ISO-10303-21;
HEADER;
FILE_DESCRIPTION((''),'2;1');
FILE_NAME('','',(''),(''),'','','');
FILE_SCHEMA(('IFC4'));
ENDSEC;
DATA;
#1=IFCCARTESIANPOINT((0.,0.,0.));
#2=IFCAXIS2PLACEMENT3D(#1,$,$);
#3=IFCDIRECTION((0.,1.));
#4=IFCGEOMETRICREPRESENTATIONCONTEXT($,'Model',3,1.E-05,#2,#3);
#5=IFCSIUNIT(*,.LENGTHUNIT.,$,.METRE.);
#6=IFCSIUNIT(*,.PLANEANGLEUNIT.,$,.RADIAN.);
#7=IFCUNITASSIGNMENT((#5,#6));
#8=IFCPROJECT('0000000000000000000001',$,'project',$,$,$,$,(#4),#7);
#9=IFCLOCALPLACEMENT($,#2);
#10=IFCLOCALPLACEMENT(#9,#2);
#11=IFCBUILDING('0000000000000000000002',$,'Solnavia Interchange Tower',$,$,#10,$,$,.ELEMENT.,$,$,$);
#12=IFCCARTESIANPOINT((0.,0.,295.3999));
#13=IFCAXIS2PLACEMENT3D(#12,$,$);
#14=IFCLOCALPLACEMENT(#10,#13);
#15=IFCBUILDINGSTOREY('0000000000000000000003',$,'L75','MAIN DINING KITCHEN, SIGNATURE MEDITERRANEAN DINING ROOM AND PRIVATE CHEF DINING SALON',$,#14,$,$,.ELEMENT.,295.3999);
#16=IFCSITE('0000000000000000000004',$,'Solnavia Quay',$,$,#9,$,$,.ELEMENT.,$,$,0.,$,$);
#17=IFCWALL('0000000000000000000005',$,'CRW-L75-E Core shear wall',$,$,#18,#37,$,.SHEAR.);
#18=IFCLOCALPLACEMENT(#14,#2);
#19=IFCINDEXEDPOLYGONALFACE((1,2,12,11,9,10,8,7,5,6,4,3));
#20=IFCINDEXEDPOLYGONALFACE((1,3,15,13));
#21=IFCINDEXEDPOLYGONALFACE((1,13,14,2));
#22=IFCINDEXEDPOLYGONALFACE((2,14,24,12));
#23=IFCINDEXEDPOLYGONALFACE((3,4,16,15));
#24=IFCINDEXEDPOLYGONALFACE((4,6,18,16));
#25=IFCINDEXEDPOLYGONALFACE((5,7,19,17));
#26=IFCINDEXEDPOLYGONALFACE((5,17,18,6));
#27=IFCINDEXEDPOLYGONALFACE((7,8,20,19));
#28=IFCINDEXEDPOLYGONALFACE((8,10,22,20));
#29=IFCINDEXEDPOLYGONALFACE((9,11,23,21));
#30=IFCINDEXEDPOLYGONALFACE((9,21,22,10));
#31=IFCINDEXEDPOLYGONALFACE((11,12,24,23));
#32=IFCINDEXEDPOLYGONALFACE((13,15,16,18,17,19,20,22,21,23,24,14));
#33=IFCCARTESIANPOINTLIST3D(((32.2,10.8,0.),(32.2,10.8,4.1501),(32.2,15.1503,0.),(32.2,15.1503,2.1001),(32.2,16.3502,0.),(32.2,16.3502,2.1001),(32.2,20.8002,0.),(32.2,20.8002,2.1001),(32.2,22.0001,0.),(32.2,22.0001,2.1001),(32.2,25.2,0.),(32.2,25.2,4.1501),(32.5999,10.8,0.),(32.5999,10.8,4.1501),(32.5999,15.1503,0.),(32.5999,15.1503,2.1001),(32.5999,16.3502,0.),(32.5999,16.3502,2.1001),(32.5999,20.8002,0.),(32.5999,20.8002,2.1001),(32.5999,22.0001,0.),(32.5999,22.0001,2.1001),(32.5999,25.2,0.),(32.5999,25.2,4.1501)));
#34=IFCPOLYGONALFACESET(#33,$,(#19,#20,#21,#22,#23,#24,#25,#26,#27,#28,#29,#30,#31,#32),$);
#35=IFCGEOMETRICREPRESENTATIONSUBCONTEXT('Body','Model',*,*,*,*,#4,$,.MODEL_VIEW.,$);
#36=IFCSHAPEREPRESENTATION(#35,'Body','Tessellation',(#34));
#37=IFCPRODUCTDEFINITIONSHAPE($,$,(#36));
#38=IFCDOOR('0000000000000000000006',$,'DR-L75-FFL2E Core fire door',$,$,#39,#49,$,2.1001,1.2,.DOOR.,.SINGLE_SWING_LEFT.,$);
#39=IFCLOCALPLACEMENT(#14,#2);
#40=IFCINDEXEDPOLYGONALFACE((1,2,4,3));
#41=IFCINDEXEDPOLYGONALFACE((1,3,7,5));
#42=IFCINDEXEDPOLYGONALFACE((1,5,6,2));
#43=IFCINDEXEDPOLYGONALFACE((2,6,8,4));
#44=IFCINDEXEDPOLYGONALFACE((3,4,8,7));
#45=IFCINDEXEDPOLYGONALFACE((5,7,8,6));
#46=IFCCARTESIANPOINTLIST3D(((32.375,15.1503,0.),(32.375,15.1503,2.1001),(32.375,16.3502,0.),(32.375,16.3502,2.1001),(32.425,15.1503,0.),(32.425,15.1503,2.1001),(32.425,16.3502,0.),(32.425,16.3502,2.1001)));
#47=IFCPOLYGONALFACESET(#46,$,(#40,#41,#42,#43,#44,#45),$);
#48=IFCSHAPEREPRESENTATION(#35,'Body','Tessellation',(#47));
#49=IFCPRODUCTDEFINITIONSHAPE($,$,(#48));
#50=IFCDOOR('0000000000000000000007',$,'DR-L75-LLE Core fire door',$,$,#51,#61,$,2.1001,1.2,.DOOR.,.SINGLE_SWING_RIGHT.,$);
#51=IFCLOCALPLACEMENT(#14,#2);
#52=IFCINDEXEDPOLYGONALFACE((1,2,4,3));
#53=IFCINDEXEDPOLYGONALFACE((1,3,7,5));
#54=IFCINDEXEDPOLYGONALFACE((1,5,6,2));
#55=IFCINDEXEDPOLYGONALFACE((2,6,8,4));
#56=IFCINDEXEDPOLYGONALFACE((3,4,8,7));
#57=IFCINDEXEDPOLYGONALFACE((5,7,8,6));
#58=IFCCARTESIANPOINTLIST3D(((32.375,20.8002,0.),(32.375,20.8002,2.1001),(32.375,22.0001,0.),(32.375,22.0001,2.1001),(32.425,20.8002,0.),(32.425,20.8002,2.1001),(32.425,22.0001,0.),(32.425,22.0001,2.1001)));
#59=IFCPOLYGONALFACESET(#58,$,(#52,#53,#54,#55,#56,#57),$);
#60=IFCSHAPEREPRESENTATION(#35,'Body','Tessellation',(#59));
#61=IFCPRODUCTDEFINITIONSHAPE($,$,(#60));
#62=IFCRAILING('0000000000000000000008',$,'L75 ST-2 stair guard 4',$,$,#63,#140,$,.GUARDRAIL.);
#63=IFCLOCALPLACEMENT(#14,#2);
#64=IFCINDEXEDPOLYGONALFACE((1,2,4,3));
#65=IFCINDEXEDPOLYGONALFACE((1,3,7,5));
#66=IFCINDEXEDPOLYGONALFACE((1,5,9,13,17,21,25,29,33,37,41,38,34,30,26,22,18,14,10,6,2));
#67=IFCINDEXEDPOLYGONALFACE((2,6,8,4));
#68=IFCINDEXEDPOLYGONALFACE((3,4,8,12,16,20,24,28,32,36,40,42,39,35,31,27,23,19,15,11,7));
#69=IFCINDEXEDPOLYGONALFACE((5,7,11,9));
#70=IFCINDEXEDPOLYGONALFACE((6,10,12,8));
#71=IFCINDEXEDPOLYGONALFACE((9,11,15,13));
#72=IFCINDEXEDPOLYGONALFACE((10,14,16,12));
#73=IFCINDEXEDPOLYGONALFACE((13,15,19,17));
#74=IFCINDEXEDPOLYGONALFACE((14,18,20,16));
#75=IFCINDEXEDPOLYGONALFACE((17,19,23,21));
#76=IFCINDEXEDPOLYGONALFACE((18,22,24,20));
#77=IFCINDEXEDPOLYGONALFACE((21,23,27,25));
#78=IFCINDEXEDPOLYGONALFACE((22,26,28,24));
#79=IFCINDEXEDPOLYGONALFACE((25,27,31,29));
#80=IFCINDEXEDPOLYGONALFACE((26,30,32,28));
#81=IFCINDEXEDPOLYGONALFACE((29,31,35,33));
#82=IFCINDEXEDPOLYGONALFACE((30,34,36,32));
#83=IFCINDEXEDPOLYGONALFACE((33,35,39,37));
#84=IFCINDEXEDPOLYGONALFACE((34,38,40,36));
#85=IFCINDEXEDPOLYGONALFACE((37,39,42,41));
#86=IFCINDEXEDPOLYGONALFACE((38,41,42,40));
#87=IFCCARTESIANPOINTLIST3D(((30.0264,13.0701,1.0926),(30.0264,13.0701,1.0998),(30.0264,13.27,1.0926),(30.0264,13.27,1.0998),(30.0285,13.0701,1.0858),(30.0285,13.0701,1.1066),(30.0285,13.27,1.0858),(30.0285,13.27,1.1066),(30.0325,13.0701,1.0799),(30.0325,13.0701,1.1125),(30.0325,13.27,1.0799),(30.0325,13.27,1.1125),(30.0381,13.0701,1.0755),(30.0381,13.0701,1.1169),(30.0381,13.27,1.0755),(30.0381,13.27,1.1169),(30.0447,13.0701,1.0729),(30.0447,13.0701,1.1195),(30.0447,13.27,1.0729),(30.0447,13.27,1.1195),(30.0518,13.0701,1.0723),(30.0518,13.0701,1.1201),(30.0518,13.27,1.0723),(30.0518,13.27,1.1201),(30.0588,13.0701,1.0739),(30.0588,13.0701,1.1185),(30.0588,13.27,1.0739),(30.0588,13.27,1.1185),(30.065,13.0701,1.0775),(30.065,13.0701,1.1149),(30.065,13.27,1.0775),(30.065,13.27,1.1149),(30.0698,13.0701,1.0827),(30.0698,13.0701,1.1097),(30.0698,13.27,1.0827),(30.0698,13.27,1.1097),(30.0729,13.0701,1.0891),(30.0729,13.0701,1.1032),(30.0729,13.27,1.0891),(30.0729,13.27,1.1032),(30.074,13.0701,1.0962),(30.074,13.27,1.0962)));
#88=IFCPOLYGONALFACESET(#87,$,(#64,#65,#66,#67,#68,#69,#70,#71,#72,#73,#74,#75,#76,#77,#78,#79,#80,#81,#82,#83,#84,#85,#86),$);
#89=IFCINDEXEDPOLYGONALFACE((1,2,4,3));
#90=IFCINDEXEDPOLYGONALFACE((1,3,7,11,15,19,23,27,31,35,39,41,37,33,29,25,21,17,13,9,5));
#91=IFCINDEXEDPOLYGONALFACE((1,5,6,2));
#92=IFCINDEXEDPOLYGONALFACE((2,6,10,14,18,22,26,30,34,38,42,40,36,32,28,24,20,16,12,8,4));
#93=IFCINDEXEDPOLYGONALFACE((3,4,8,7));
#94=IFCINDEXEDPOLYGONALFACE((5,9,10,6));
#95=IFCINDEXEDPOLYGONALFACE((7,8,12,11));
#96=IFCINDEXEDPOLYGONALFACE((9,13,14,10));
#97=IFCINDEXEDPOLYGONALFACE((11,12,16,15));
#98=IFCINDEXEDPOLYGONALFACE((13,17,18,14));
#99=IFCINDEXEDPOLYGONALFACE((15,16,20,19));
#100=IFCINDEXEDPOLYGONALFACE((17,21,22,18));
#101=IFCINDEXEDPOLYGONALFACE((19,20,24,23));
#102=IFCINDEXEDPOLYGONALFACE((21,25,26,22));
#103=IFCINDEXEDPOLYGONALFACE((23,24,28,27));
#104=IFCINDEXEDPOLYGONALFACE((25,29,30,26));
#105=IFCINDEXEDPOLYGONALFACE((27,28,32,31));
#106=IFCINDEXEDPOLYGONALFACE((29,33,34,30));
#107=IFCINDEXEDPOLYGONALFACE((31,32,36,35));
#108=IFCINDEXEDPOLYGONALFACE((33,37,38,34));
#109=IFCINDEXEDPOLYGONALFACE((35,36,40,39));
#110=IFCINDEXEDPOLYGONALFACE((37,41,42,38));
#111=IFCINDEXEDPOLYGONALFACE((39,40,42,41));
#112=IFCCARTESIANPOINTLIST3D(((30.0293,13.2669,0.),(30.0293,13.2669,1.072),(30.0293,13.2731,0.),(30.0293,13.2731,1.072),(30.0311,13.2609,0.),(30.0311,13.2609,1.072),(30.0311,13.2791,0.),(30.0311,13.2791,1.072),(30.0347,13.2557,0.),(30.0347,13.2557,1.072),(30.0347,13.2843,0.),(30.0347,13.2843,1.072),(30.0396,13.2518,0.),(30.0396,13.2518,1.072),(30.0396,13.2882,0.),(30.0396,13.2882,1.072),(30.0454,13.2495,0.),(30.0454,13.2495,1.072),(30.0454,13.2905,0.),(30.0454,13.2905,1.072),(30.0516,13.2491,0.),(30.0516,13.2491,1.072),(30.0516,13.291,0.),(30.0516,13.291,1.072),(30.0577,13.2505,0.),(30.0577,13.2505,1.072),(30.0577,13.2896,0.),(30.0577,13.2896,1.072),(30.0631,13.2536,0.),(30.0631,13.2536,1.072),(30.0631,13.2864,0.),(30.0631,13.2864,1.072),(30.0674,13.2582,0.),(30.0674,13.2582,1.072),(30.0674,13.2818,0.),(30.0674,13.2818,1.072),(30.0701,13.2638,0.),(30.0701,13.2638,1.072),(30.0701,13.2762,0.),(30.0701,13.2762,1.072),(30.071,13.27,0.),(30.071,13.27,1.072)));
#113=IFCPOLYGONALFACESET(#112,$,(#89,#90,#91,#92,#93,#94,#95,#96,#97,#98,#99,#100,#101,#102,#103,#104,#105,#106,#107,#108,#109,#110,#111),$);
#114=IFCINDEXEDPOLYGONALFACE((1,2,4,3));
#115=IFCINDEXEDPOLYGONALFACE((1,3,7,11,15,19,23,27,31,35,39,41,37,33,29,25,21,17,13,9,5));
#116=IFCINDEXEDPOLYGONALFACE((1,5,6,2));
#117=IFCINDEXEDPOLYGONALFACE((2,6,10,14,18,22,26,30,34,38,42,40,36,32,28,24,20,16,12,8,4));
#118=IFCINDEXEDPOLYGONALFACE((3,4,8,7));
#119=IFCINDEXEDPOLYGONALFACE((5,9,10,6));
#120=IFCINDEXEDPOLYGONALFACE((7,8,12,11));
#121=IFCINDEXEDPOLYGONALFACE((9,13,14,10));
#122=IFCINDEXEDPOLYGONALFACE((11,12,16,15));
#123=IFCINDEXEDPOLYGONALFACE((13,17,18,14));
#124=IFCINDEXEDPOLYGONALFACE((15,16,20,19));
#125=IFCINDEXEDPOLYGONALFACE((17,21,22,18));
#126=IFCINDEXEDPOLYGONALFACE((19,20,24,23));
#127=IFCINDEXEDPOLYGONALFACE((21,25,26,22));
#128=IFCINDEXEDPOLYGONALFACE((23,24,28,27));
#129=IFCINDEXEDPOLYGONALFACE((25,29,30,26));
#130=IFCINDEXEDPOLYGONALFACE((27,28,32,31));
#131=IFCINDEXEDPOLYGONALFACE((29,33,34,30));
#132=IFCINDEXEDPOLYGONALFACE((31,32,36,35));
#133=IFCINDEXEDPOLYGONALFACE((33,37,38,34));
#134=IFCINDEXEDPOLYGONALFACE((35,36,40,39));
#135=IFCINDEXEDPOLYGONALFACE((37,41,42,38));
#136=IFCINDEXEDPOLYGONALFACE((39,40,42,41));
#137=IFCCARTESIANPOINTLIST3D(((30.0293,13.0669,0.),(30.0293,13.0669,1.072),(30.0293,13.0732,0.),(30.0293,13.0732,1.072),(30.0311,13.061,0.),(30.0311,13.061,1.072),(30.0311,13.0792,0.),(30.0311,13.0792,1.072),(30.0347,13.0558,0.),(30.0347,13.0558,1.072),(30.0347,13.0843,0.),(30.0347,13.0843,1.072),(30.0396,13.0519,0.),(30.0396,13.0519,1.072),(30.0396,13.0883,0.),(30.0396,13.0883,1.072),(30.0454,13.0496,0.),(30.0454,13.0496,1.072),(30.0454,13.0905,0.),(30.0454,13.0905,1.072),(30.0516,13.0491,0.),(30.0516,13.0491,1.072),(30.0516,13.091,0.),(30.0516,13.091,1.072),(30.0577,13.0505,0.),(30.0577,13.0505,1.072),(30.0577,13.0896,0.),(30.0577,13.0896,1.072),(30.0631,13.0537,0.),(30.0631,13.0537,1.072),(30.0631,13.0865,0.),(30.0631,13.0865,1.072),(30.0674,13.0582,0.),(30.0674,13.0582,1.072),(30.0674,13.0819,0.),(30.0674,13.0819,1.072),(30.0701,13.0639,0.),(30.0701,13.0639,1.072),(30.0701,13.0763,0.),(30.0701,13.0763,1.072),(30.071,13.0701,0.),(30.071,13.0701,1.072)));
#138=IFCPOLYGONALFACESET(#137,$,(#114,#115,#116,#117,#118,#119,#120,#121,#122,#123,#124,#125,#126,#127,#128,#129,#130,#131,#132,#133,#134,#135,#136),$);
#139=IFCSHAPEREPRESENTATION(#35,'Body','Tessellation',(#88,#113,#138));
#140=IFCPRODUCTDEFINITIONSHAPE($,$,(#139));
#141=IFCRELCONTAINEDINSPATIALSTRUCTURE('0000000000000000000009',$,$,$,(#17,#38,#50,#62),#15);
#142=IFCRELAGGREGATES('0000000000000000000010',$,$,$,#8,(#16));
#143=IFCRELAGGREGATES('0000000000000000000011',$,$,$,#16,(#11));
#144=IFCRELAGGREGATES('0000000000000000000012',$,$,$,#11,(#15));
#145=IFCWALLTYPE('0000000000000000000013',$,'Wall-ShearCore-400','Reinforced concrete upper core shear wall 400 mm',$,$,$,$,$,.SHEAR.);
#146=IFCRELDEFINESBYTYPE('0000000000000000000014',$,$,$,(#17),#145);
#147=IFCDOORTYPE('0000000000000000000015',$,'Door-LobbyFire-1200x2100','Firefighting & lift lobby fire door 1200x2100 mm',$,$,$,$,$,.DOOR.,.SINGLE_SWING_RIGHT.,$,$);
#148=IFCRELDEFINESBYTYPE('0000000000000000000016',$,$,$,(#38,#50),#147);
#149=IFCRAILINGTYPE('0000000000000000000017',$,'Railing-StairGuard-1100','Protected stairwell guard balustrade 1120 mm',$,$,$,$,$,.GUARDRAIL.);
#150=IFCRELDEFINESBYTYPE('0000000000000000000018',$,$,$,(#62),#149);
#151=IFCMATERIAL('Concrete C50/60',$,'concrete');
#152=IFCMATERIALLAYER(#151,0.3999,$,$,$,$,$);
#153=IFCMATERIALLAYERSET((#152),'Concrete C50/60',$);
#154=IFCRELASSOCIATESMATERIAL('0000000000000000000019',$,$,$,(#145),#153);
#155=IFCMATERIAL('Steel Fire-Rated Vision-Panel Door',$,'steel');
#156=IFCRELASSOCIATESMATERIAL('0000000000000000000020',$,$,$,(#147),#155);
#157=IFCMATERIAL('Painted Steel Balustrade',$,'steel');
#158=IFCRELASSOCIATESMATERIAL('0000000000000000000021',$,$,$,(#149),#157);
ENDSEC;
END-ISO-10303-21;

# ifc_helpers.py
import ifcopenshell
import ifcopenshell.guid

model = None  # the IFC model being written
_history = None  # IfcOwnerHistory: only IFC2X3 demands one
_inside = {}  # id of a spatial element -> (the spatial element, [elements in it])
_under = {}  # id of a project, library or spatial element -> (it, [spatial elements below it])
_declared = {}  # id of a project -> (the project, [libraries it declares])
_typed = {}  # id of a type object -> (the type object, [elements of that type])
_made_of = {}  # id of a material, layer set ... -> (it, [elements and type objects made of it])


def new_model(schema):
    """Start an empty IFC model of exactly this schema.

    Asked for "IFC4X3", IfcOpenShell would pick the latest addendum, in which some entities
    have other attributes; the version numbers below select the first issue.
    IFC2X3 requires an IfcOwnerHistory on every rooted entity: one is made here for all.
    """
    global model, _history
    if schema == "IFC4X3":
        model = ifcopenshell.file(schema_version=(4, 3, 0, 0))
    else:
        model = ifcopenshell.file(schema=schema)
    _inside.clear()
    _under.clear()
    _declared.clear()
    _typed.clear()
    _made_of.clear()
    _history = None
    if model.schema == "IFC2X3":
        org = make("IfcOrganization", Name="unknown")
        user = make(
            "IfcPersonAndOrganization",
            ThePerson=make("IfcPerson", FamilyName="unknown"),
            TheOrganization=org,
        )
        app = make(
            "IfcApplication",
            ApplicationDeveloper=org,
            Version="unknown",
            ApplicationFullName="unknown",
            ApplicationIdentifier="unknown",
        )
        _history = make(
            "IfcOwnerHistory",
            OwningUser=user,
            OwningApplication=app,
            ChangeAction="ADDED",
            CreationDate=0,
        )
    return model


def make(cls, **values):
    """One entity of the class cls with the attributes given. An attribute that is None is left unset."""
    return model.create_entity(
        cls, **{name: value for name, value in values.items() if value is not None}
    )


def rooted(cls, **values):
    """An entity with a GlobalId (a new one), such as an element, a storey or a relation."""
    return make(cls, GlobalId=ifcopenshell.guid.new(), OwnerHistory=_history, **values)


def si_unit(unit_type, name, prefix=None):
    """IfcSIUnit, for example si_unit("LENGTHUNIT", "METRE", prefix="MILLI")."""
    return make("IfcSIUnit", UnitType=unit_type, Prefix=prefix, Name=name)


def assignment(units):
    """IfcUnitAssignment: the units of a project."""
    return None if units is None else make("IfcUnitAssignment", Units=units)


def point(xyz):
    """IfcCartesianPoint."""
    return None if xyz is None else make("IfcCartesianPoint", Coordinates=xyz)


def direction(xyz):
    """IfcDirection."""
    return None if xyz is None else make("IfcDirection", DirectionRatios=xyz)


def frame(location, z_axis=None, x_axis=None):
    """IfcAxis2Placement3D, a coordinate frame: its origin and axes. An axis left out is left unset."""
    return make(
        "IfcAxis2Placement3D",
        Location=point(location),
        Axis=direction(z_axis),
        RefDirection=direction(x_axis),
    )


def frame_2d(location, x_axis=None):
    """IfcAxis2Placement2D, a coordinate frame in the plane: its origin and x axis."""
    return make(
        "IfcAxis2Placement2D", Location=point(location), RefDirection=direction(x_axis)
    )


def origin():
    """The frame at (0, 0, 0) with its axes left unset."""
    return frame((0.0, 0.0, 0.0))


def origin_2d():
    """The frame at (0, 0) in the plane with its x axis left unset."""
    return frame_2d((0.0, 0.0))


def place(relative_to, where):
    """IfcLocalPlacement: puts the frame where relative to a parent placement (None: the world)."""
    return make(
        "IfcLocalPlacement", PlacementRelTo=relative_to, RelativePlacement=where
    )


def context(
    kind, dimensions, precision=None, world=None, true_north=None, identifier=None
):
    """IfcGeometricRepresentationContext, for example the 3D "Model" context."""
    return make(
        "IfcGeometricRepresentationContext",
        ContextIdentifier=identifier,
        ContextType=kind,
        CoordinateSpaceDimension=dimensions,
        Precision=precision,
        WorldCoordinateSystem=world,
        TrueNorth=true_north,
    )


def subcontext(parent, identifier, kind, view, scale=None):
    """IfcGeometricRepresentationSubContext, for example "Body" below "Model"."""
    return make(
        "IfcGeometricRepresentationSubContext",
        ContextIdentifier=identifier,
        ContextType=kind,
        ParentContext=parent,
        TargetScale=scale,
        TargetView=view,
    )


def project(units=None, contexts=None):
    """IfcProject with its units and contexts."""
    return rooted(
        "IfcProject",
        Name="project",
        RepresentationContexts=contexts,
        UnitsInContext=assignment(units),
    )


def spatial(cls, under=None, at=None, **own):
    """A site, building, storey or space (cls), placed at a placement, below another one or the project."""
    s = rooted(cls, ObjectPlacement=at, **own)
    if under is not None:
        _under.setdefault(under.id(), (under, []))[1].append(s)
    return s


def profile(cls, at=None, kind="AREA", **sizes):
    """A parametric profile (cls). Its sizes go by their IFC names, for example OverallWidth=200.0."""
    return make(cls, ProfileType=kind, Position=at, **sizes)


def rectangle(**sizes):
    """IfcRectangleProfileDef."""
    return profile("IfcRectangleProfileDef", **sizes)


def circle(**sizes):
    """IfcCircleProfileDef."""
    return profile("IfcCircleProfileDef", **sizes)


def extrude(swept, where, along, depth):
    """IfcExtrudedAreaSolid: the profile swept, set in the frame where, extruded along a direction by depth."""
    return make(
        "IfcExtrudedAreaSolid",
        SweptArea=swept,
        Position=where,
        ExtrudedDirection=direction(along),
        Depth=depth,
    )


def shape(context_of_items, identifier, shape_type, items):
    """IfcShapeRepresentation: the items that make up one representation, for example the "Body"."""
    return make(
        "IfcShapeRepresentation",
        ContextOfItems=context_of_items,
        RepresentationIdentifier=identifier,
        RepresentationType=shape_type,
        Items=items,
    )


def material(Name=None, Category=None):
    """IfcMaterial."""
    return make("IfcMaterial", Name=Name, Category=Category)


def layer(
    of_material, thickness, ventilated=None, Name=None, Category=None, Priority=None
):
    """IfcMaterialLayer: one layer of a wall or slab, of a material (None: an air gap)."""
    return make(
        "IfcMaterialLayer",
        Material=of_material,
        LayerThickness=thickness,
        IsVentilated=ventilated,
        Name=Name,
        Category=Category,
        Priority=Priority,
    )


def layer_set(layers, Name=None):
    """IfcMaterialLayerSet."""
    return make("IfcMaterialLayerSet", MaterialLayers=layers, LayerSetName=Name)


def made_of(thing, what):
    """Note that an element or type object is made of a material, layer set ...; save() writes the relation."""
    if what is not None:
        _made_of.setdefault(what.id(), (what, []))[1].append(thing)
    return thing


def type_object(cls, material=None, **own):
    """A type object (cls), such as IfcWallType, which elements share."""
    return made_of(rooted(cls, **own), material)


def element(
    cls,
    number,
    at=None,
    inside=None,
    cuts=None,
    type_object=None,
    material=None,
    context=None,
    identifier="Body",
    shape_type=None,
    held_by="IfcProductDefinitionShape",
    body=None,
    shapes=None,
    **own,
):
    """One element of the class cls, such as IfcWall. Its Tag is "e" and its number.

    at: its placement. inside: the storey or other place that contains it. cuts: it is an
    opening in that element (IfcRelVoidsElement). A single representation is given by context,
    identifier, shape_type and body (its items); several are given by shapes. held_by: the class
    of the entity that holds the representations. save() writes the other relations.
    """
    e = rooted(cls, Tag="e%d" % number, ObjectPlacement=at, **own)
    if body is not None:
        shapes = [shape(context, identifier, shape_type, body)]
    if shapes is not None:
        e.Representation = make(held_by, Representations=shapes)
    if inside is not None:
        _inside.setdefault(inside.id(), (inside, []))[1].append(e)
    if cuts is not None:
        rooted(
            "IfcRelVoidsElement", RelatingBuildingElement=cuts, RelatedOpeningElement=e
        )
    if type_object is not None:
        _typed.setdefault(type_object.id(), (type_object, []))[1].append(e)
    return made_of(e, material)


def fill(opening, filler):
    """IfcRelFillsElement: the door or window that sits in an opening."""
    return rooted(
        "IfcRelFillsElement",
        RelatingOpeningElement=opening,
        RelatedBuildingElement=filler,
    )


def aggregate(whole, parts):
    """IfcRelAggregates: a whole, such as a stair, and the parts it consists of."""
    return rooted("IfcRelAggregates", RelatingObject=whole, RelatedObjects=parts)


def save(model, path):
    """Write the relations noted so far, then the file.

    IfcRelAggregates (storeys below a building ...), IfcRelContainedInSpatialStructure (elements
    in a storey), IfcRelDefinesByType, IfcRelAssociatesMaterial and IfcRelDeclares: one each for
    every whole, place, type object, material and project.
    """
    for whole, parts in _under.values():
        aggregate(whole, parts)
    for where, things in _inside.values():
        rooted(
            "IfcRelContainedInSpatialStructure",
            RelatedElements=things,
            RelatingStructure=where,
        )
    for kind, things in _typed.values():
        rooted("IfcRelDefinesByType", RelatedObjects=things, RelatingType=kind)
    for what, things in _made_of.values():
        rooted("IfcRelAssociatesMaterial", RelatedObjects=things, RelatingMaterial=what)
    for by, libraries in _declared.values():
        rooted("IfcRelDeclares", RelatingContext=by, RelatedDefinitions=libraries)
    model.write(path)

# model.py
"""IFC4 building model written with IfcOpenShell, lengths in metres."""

from ifc_helpers import new_model, si_unit, direction, frame, frame_2d, origin, origin_2d, place, context, subcontext, project, spatial, rectangle, circle, extrude, material, layer, layer_set, type_object, element, fill, save


model = new_model("IFC4")

# Units and contexts
model_context = context("Model", 3, precision=1e-05, world=origin(), true_north=direction((0.0, 1.0)))
body_context = subcontext(model_context, "Body", "Model", "MODEL_VIEW")
ifc_project = project(units=[si_unit("LENGTHUNIT", "METRE"), si_unit("PLANEANGLEUNIT", "RADIAN")], contexts=[model_context])

# Site, building, storey
site_placement = place(None, origin())
site = spatial("IfcSite", under=ifc_project, at=site_placement, Name="Solnavia Quay", CompositionType="ELEMENT", RefElevation=0.0)
building_placement = place(site_placement, origin())
building = spatial("IfcBuilding", under=site, at=building_placement, Name="Solnavia Interchange Tower", CompositionType="ELEMENT")
storey_placement = place(building_placement, frame((0.0, 0.0, 295.3999)))
storey = spatial("IfcBuildingStorey", under=building, at=storey_placement, Name="L75", Description="MAIN DINING KITCHEN, SIGNATURE MEDITERRANEAN DINING ROOM AND PRIVATE CHEF DINING SALON", CompositionType="ELEMENT", Elevation=295.3999)

# Shared definitions
ifc_material_1 = material(Name="Concrete C50/60", Category="concrete")

# Wall, openings, doors
ifc_layer_1 = layer(ifc_material_1, 0.3999)
ifc_layer_set_1 = layer_set([ifc_layer_1], Name="Concrete C50/60")
wall_type_1 = type_object("IfcWallType", Name="Wall-ShearCore-400", Description="Reinforced concrete upper core shear wall 400 mm", PredefinedType="SHEAR", material=ifc_layer_set_1)
wall_1_placement = place(storey_placement, frame((32.3999, 10.8, 0.0), z_axis=(0.0, 0.0, 1.0), x_axis=(0.0, 1.0, 0.0)))
wall_1 = element("IfcWall", 1, at=wall_1_placement, inside=storey, type_object=wall_type_1, Name="CRW-L75-E Core shear wall", PredefinedType="SHEAR", context=body_context, shape_type="SweptSolid", body=[
    extrude(rectangle(XDim=14.3999, YDim=0.3999, at=frame_2d((7.2, 0.0))), origin(), (0.0, 0.0, 1.0), 4.1501),
])
opening_1_placement = place(wall_1_placement, frame((4.3501, 0.0, 0.0)))
opening_1 = element("IfcOpeningElement", 2, at=opening_1_placement, cuts=wall_1, PredefinedType="OPENING", context=body_context, shape_type="SweptSolid", body=[
    extrude(rectangle(XDim=1.2, YDim=2.1001, at=frame_2d((0.6001, 1.05))), frame((0.0, 0.21, 0.0), z_axis=(0.0, -1.0, 0.0), x_axis=(1.0, 0.0, 0.0)), (0.0, 0.0, 1.0), 0.4199),
])
opening_2_placement = place(wall_1_placement, frame((10.0, 0.0, 0.0)))
opening_2 = element("IfcOpeningElement", 3, at=opening_2_placement, cuts=wall_1, PredefinedType="OPENING", context=body_context, shape_type="SweptSolid", body=[
    extrude(rectangle(XDim=1.2, YDim=2.1001, at=frame_2d((0.6001, 1.05))), frame((0.0, 0.21, 0.0), z_axis=(0.0, -1.0, 0.0), x_axis=(1.0, 0.0, 0.0)), (0.0, 0.0, 1.0), 0.4199),
])
ifc_material_2 = material(Name="Steel Fire-Rated Vision-Panel Door", Category="steel")
door_type = type_object("IfcDoorType", Name="Door-LobbyFire-1200x2100", Description="Firefighting & lift lobby fire door 1200x2100 mm", OperationType="SINGLE_SWING_RIGHT", PredefinedType="DOOR", material=ifc_material_2)
door_1_placement = place(opening_1_placement, origin())
door_1 = element("IfcDoor", 4, at=door_1_placement, inside=storey, type_object=door_type, Name="DR-L75-FFL2E Core fire door", OperationType="SINGLE_SWING_LEFT", OverallHeight=2.1001, OverallWidth=1.2, PredefinedType="DOOR", context=body_context, shape_type="SweptSolid", body=[
    extrude(rectangle(XDim=1.2, YDim=2.1001, at=frame_2d((0.6001, 1.05))), frame((0.0, 0.0249, 0.0), z_axis=(0.0, -1.0, 0.0), x_axis=(1.0, 0.0, 0.0)), (0.0, 0.0, 1.0), 0.05),
])
fill(opening_1, door_1)
door_2_placement = place(opening_2_placement, origin())
door_2 = element("IfcDoor", 5, at=door_2_placement, inside=storey, type_object=door_type, Name="DR-L75-LLE Core fire door", OperationType="SINGLE_SWING_RIGHT", OverallHeight=2.1001, OverallWidth=1.2, PredefinedType="DOOR", context=body_context, shape_type="SweptSolid", body=[
    extrude(rectangle(XDim=1.2, YDim=2.1001, at=frame_2d((0.6001, 1.05))), frame((0.0, 0.0249, 0.0), z_axis=(0.0, -1.0, 0.0), x_axis=(1.0, 0.0, 0.0)), (0.0, 0.0, 1.0), 0.05),
])
fill(opening_2, door_2)

# Railing
ifc_material_3 = material(Name="Painted Steel Balustrade", Category="steel")
railing_type = type_object("IfcRailingType", Name="Railing-StairGuard-1100", Description="Protected stairwell guard balustrade 1120 mm", PredefinedType="GUARDRAIL", material=ifc_material_3)
railing_placement = place(storey_placement, frame((30.05, 13.27, 0.0)))
element("IfcRailing", 6, at=railing_placement, inside=storey, type_object=railing_type, Name="L75 ST-2 stair guard 4", PredefinedType="GUARDRAIL", context=body_context, shape_type="SweptSolid", body=[
    extrude(circle(Radius=0.0239, at=origin_2d()), frame((0.0, 0.0, 1.0962), z_axis=(0.0, -1.0, 0.0), x_axis=(1.0, 0.0, 0.0)), (0.0, 0.0, 1.0), 0.2),
    extrude(circle(Radius=0.021, at=origin_2d()), origin(), (0.0, 0.0, 1.0), 1.072),
    extrude(circle(Radius=0.021, at=origin_2d()), frame((0.0, -0.2, 0.0)), (0.0, 0.0, 1.0), 1.072),
])

save(model, "model.ifc")
